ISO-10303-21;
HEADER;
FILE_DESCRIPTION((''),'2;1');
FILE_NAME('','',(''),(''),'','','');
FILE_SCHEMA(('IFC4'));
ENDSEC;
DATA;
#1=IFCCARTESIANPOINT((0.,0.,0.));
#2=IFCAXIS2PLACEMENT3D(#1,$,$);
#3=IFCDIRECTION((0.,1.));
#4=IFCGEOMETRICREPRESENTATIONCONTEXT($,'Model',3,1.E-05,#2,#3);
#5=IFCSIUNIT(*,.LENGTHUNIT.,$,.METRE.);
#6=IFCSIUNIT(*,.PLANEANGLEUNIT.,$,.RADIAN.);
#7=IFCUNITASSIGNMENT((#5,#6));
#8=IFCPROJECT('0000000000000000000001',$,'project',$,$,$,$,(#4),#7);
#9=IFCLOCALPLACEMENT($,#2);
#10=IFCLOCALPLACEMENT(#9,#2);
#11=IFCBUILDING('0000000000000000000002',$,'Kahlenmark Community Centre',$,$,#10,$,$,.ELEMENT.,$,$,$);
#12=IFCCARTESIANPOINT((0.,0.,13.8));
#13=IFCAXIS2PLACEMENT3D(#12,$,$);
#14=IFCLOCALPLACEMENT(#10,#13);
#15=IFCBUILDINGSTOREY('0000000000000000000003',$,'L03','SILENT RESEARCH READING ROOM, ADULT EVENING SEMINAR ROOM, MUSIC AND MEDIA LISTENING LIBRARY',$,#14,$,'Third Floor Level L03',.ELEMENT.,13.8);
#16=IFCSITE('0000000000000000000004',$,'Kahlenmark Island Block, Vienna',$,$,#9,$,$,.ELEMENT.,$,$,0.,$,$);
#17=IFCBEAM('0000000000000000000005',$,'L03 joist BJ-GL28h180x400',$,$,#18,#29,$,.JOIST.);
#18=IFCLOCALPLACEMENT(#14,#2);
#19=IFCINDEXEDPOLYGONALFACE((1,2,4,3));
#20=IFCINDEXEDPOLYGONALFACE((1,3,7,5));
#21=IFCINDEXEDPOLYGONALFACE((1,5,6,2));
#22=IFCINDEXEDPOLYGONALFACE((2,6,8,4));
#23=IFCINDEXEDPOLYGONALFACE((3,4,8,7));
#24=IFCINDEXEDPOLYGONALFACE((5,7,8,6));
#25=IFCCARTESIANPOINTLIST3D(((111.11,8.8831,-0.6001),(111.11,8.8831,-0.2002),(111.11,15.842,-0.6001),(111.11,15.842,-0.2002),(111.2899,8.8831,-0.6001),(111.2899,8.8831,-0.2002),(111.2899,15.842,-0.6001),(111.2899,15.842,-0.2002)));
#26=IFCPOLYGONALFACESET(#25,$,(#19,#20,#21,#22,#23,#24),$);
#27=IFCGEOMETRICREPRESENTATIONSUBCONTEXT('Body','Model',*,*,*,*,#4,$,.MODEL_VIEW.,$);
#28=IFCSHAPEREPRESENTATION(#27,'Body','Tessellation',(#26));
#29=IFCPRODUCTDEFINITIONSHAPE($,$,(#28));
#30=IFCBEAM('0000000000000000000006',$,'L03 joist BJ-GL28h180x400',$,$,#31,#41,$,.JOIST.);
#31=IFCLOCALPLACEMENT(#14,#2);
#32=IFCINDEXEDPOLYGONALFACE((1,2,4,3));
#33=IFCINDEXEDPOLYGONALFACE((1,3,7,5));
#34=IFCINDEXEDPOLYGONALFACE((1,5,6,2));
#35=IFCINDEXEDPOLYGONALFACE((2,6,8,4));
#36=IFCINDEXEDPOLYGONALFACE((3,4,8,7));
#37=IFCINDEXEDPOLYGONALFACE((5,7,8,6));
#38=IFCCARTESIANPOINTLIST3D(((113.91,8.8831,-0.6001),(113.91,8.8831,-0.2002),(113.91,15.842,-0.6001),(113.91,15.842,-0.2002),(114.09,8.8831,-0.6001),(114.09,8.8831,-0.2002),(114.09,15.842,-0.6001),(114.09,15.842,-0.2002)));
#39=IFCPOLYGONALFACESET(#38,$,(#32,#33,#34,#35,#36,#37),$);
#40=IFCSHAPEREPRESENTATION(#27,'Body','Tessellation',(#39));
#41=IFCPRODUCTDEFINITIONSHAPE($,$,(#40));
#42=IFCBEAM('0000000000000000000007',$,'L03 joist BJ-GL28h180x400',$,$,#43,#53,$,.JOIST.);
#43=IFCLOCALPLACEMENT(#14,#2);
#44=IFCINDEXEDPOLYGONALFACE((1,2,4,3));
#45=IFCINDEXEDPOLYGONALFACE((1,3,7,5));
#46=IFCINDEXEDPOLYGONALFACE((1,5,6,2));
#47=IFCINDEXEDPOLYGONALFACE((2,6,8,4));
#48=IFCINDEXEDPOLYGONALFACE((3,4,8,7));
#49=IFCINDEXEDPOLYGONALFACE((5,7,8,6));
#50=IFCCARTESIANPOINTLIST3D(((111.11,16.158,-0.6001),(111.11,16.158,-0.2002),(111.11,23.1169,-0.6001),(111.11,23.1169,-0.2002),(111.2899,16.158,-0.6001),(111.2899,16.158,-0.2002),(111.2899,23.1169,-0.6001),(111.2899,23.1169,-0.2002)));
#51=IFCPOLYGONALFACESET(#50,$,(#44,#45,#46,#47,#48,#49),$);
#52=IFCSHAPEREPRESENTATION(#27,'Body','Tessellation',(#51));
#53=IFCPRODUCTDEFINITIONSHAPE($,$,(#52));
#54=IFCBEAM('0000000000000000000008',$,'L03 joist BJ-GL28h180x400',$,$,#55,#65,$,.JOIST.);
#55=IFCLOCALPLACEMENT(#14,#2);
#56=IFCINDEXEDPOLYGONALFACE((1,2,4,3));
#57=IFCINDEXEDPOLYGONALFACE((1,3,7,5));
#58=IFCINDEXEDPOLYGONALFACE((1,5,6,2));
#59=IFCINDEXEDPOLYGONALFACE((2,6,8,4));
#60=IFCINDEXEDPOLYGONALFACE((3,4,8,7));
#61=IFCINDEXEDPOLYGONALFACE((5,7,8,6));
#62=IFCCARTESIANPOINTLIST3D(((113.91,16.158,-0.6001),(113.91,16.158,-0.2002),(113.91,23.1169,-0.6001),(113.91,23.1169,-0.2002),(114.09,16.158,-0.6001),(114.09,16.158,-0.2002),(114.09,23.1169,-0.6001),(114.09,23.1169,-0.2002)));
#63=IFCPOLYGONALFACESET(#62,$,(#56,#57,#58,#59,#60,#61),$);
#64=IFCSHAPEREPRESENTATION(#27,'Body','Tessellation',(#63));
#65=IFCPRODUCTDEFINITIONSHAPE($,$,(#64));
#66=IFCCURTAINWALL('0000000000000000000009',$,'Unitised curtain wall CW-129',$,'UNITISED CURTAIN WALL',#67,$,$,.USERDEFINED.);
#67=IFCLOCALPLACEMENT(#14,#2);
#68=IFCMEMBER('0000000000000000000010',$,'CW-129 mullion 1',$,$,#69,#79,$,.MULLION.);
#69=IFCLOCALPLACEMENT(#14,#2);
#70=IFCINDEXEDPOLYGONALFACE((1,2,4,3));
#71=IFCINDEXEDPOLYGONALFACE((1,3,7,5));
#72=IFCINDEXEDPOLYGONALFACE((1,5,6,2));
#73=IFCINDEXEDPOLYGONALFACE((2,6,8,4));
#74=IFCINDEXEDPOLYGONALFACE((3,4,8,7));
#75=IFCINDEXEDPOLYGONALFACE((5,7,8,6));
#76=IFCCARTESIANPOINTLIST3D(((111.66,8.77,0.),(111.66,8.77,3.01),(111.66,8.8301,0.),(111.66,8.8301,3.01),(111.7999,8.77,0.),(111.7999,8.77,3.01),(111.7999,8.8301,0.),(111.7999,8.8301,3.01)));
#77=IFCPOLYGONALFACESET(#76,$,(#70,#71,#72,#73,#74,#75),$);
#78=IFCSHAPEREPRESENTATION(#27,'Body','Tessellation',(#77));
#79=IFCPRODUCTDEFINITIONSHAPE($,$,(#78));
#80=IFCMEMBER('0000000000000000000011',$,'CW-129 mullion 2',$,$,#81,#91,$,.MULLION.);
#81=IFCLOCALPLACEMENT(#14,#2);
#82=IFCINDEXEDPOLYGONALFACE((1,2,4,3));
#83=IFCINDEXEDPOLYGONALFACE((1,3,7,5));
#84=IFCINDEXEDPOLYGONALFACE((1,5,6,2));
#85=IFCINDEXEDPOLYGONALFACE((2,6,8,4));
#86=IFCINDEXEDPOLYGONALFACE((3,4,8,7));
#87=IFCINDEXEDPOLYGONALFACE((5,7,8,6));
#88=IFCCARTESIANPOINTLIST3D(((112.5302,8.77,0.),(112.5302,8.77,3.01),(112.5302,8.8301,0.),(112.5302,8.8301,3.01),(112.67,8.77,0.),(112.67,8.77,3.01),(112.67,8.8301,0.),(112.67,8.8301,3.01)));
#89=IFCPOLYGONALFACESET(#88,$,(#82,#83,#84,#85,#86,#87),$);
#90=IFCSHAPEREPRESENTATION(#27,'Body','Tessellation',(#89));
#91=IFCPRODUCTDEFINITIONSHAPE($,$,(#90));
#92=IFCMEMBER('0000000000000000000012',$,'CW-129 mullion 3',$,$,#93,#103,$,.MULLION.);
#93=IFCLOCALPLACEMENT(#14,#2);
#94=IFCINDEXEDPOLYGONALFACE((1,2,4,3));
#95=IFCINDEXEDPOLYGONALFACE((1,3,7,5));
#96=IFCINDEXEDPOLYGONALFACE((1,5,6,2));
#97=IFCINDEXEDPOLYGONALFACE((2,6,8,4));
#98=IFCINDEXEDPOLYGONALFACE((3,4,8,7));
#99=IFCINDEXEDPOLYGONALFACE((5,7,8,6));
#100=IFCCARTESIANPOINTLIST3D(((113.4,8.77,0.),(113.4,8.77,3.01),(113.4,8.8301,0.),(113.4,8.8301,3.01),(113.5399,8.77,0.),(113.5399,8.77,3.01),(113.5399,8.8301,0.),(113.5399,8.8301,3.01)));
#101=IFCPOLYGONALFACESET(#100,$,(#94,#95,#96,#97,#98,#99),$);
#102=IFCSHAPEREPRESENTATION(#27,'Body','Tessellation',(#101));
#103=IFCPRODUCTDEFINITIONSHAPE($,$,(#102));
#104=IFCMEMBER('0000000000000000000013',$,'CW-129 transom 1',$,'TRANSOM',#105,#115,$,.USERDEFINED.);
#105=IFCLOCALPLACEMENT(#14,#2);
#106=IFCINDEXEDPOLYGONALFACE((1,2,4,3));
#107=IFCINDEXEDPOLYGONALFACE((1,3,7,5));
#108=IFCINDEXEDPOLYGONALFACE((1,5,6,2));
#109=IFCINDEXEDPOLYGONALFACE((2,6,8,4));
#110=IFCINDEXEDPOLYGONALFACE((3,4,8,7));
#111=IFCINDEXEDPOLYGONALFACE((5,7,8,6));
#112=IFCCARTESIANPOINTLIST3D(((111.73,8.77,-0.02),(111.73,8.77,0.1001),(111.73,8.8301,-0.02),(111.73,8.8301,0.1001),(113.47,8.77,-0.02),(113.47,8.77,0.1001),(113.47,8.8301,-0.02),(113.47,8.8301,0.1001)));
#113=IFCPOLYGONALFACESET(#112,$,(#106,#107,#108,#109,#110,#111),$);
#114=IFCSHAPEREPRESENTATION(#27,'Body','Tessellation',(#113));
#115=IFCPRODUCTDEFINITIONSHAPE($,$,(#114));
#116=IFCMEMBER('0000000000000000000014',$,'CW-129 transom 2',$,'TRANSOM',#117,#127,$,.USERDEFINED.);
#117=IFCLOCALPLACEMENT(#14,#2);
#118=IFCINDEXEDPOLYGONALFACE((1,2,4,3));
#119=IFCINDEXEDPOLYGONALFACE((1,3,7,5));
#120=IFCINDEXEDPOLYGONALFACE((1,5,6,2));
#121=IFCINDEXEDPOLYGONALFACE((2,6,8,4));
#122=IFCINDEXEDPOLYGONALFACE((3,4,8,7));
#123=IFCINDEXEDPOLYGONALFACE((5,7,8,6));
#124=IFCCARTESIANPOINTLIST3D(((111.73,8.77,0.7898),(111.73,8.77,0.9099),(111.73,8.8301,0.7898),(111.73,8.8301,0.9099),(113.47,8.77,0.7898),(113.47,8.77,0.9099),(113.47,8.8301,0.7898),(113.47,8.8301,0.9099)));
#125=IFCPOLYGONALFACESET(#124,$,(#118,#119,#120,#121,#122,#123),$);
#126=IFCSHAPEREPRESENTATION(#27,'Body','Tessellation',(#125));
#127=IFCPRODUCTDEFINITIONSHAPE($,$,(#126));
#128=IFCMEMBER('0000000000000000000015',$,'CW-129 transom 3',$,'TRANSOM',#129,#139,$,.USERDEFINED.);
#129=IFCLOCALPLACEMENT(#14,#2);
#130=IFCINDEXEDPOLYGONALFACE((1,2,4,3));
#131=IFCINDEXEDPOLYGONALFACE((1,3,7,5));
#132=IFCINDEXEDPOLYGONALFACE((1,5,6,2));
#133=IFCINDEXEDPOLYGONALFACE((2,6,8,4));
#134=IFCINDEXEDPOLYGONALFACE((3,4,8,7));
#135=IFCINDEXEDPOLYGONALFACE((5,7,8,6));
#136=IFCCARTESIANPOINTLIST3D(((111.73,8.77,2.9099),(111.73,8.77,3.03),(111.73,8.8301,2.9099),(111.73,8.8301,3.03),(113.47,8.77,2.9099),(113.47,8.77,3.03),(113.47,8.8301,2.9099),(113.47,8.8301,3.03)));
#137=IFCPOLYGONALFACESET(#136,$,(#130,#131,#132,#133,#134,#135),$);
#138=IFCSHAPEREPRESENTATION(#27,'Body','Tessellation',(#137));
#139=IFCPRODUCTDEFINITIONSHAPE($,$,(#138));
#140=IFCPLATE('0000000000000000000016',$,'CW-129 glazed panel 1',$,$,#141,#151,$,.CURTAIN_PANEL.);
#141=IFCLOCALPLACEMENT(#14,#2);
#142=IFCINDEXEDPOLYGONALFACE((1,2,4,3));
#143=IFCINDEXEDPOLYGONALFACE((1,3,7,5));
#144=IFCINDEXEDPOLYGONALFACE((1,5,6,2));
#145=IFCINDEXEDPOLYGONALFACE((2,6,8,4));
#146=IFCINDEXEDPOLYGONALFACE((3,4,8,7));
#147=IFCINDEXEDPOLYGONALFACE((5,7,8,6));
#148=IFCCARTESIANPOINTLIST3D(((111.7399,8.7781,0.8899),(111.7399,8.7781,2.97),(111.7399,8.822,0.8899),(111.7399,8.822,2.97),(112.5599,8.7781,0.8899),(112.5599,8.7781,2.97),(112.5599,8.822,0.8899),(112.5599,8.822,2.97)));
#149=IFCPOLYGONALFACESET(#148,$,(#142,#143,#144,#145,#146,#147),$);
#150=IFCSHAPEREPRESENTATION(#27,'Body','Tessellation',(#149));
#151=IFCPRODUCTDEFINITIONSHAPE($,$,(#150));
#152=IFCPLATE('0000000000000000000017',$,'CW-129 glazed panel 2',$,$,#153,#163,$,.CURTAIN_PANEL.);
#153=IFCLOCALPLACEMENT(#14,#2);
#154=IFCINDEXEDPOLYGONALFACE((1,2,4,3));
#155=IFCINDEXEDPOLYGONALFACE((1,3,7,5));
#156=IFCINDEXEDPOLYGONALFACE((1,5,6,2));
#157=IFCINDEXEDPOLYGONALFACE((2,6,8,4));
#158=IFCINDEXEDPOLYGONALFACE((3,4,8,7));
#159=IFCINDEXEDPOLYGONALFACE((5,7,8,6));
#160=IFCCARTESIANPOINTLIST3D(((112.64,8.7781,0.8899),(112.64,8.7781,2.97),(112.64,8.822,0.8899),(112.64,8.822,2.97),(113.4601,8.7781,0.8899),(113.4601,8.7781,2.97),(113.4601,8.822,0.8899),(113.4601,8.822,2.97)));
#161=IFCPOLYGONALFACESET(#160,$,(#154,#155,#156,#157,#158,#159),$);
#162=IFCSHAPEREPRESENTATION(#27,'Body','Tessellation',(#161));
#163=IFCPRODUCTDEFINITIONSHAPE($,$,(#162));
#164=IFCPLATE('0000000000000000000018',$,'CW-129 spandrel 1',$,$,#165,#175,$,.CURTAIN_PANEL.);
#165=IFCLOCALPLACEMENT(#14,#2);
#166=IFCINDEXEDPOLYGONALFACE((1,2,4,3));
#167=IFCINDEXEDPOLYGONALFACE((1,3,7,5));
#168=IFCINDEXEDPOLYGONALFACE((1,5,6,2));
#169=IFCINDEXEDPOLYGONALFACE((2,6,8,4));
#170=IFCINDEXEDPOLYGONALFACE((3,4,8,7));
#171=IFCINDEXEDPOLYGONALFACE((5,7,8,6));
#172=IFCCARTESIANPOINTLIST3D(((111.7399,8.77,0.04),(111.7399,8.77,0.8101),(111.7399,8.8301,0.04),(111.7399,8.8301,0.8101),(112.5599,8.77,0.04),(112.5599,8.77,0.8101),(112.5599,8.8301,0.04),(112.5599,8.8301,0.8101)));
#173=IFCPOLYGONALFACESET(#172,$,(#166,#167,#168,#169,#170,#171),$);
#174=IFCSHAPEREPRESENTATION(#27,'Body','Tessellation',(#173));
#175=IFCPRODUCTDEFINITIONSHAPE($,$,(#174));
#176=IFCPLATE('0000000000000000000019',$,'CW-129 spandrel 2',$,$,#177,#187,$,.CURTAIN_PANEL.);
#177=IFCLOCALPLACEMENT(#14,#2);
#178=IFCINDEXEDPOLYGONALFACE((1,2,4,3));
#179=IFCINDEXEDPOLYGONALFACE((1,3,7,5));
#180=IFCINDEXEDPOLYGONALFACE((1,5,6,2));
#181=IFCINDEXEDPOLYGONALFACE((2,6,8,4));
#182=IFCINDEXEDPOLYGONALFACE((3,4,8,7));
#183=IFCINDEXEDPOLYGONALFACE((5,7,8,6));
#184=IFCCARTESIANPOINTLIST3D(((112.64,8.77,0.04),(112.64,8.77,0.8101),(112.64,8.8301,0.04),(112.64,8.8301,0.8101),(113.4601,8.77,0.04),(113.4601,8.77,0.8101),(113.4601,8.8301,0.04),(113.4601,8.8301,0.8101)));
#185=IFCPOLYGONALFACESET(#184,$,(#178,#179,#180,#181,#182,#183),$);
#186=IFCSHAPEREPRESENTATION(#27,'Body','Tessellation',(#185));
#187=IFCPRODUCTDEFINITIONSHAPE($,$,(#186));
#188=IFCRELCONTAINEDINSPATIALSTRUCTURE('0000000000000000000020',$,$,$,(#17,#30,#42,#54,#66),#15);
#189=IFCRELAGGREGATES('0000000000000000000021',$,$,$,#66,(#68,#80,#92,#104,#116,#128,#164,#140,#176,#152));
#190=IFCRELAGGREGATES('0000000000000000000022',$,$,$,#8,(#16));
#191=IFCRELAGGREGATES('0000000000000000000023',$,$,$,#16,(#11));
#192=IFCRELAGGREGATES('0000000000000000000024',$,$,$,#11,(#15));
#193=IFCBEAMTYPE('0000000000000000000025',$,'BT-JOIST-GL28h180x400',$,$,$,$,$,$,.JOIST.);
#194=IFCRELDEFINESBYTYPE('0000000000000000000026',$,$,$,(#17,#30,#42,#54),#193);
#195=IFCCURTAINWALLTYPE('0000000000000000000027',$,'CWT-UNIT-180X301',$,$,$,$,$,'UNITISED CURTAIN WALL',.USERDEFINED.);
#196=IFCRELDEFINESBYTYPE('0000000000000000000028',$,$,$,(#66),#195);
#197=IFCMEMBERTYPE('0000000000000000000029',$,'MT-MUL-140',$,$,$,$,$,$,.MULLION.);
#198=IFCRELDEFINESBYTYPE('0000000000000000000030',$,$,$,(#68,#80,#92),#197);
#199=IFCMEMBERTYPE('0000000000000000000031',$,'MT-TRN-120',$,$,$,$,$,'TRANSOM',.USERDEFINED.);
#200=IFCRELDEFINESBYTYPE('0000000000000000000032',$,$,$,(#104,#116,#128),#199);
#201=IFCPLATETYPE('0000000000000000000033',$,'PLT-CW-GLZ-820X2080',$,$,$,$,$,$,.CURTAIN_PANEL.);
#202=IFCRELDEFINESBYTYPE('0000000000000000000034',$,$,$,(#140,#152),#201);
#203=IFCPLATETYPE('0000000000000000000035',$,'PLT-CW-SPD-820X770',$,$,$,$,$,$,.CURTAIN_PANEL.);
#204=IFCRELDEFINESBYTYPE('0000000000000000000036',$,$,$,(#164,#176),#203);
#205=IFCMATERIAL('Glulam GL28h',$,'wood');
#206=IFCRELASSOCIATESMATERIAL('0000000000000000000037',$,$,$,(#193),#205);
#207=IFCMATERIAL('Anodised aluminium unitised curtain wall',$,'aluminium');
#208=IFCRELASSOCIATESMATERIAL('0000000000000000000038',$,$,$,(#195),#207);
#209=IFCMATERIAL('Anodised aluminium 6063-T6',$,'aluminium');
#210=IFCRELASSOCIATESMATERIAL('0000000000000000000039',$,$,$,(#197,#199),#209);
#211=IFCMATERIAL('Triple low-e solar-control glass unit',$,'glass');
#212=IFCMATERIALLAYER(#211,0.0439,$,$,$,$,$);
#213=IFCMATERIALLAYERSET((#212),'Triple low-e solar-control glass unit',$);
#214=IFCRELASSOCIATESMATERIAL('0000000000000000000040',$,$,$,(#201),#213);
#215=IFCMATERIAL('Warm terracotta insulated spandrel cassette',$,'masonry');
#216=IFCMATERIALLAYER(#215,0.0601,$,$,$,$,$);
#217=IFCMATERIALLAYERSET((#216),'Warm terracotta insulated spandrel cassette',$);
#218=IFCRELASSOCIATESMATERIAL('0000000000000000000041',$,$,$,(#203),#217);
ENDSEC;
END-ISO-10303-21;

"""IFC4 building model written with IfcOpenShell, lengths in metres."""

from ifc_helpers import new_model, si_unit, direction, frame, origin, origin_2d, place, context, subcontext, project, spatial, rectangle, extrude, material, layer, layer_set, material_profile, profile_set, type_object, element, aggregate, save


model = new_model("IFC4")

# Units and contexts
model_context = context("Model", 3, precision=1e-05, world=origin(), true_north=direction((0.0, 1.0)))
body_context = subcontext(model_context, "Body", "Model", "MODEL_VIEW")
ifc_project = project(units=[si_unit("LENGTHUNIT", "METRE"), si_unit("PLANEANGLEUNIT", "RADIAN")], contexts=[model_context])

# Site, building, storey
site_placement = place(None, origin())
site = spatial("IfcSite", under=ifc_project, at=site_placement, Name="Kahlenmark Island Block, Vienna", CompositionType="ELEMENT", RefElevation=0.0)
building_placement = place(site_placement, origin())
building = spatial("IfcBuilding", under=site, at=building_placement, Name="Kahlenmark Community Centre", CompositionType="ELEMENT")
storey_placement = place(building_placement, frame((0.0, 0.0, 13.8)))
storey = spatial("IfcBuildingStorey", under=building, at=storey_placement, Name="L03", Description="SILENT RESEARCH READING ROOM, ADULT EVENING SEMINAR ROOM, MUSIC AND MEDIA LISTENING LIBRARY", LongName="Third Floor Level L03", CompositionType="ELEMENT", Elevation=13.8)

# Beams
ifc_material_1 = material(Name="Glulam GL28h", Category="wood")
ifc_material_profile_1 = material_profile(ifc_material_1, rectangle(XDim=0.1799, YDim=0.3999, at=origin_2d()), Name="GL28h 180x400")
ifc_profile_set_1 = profile_set([ifc_material_profile_1], Name="Glulam GL28h")
beam_type = type_object("IfcBeamType", Name="BT-JOIST-GL28h180x400", PredefinedType="JOIST", material=ifc_profile_set_1)
for number, where, z_axis, x_axis, name in (
    (1, (111.2, 8.8831, -0.4001), (0.0, 1.0, 0.0), (-1.0, 0.0, 0.0), "L03 joist BJ-GL28h180x400"),
    (2, (114.0, 8.8831, -0.4001), (0.0, 1.0, 0.0), (-1.0, 0.0, 0.0), "L03 joist BJ-GL28h180x400"),
    (3, (111.2, 16.158, -0.4001), (0.0, 1.0, 0.0), (-1.0, 0.0, 0.0), "L03 joist BJ-GL28h180x400"),
    (4, (114.0, 16.158, -0.4001), (0.0, 1.0, 0.0), (-1.0, 0.0, 0.0), "L03 joist BJ-GL28h180x400"),
):
    element("IfcBeam", number, at=place(storey_placement, frame(where, z_axis=z_axis, x_axis=x_axis)), inside=storey, type_object=beam_type, Name=name, PredefinedType="JOIST", context=body_context, shape_type="SweptSolid", body=[
        extrude(rectangle(XDim=0.1799, YDim=0.3999, at=origin_2d()), origin(), (0.0, 0.0, 1.0), 6.959),
    ])

# Curtain wall, members, plates
ifc_material_2 = material(Name="Anodised aluminium unitised curtain wall", Category="aluminium")
curtain_wall_type = type_object("IfcCurtainWallType", Name="CWT-UNIT-180X301", ElementType="UNITISED CURTAIN WALL", PredefinedType="USERDEFINED", material=ifc_material_2)
curtain_wall_placement = place(storey_placement, origin())
curtain_wall = element("IfcCurtainWall", 5, at=curtain_wall_placement, inside=storey, type_object=curtain_wall_type, Name="Unitised curtain wall CW-129", ObjectType="UNITISED CURTAIN WALL", PredefinedType="USERDEFINED")
ifc_material_3 = material(Name="Anodised aluminium 6063-T6", Category="aluminium")
ifc_material_profile_2 = material_profile(ifc_material_3, rectangle(XDim=0.0601, YDim=0.1399, at=origin_2d()), Name="ALU MULLION 60x140")
ifc_profile_set_2 = profile_set([ifc_material_profile_2], Name="Anodised aluminium 6063-T6")
member_type_1 = type_object("IfcMemberType", Name="MT-MUL-140", PredefinedType="MULLION", material=ifc_profile_set_2)
member_1_placement = place(storey_placement, frame((111.73, 8.8, 0.0), z_axis=(0.0, 0.0, 1.0), x_axis=(0.0, 1.0, 0.0)))
member_1 = element("IfcMember", 6, at=member_1_placement, type_object=member_type_1, Name="CW-129 mullion 1", PredefinedType="MULLION", context=body_context, shape_type="SweptSolid", body=[
    extrude(rectangle(XDim=0.0601, YDim=0.1399, at=origin_2d()), origin(), (0.0, 0.0, 1.0), 3.01),
])
member_2_placement = place(storey_placement, frame((112.6001, 8.8, 0.0), z_axis=(0.0, 0.0, 1.0), x_axis=(0.0, 1.0, 0.0)))
member_2 = element("IfcMember", 7, at=member_2_placement, type_object=member_type_1, Name="CW-129 mullion 2", PredefinedType="MULLION", context=body_context, shape_type="SweptSolid", body=[
    extrude(rectangle(XDim=0.0601, YDim=0.1399, at=origin_2d()), origin(), (0.0, 0.0, 1.0), 3.01),
])
member_3_placement = place(storey_placement, frame((113.47, 8.8, 0.0), z_axis=(0.0, 0.0, 1.0), x_axis=(0.0, 1.0, 0.0)))
member_3 = element("IfcMember", 8, at=member_3_placement, type_object=member_type_1, Name="CW-129 mullion 3", PredefinedType="MULLION", context=body_context, shape_type="SweptSolid", body=[
    extrude(rectangle(XDim=0.0601, YDim=0.1399, at=origin_2d()), origin(), (0.0, 0.0, 1.0), 3.01),
])
ifc_material_profile_3 = material_profile(ifc_material_3, rectangle(XDim=0.0601, YDim=0.1201, at=origin_2d()), Name="ALU TRANSOM 60x120")
ifc_profile_set_3 = profile_set([ifc_material_profile_3], Name="Anodised aluminium 6063-T6")
member_type_2 = type_object("IfcMemberType", Name="MT-TRN-120", ElementType="TRANSOM", PredefinedType="USERDEFINED", material=ifc_profile_set_3)
member_4_placement = place(storey_placement, frame((111.73, 8.8, 0.04), z_axis=(1.0, 0.0, 0.0), x_axis=(0.0, 1.0, 0.0)))
member_4 = element("IfcMember", 9, at=member_4_placement, type_object=member_type_2, Name="CW-129 transom 1", ObjectType="TRANSOM", PredefinedType="USERDEFINED", context=body_context, shape_type="SweptSolid", body=[
    extrude(rectangle(XDim=0.0601, YDim=0.1201, at=origin_2d()), origin(), (0.0, 0.0, 1.0), 1.74),
])
member_5_placement = place(storey_placement, frame((111.73, 8.8, 0.8499), z_axis=(1.0, 0.0, 0.0), x_axis=(0.0, 1.0, 0.0)))
member_5 = element("IfcMember", 10, at=member_5_placement, type_object=member_type_2, Name="CW-129 transom 2", ObjectType="TRANSOM", PredefinedType="USERDEFINED", context=body_context, shape_type="SweptSolid", body=[
    extrude(rectangle(XDim=0.0601, YDim=0.1201, at=origin_2d()), origin(), (0.0, 0.0, 1.0), 1.74),
])
member_6_placement = place(storey_placement, frame((111.73, 8.8, 2.97), z_axis=(1.0, 0.0, 0.0), x_axis=(0.0, 1.0, 0.0)))
member_6 = element("IfcMember", 11, at=member_6_placement, type_object=member_type_2, Name="CW-129 transom 3", ObjectType="TRANSOM", PredefinedType="USERDEFINED", context=body_context, shape_type="SweptSolid", body=[
    extrude(rectangle(XDim=0.0601, YDim=0.1201, at=origin_2d()), origin(), (0.0, 0.0, 1.0), 1.74),
])
ifc_material_4 = material(Name="Triple low-e solar-control glass unit", Category="glass")
ifc_layer_1 = layer(ifc_material_4, 0.0439)
ifc_layer_set_1 = layer_set([ifc_layer_1], Name="Triple low-e solar-control glass unit")
plate_type_1 = type_object("IfcPlateType", Name="PLT-CW-GLZ-820X2080", PredefinedType="CURTAIN_PANEL", material=ifc_layer_set_1)
plate_1_placement = place(storey_placement, frame((112.1499, 8.8, 0.8899), z_axis=(0.0, 0.0, 1.0), x_axis=(1.0, 0.0, 0.0)))
plate_1 = element("IfcPlate", 12, at=plate_1_placement, type_object=plate_type_1, Name="CW-129 glazed panel 1", PredefinedType="CURTAIN_PANEL", context=body_context, shape_type="SweptSolid", body=[
    extrude(rectangle(XDim=0.8201, YDim=0.0439, at=origin_2d()), origin(), (0.0, 0.0, 1.0), 2.0801),
])
plate_2_placement = place(storey_placement, frame((113.05, 8.8, 0.8899), z_axis=(0.0, 0.0, 1.0), x_axis=(1.0, 0.0, 0.0)))
plate_2 = element("IfcPlate", 13, at=plate_2_placement, type_object=plate_type_1, Name="CW-129 glazed panel 2", PredefinedType="CURTAIN_PANEL", context=body_context, shape_type="SweptSolid", body=[
    extrude(rectangle(XDim=0.8201, YDim=0.0439, at=origin_2d()), origin(), (0.0, 0.0, 1.0), 2.0801),
])
ifc_material_5 = material(Name="Warm terracotta insulated spandrel cassette", Category="masonry")
ifc_layer_2 = layer(ifc_material_5, 0.0601)
ifc_layer_set_2 = layer_set([ifc_layer_2], Name="Warm terracotta insulated spandrel cassette")
plate_type_2 = type_object("IfcPlateType", Name="PLT-CW-SPD-820X770", PredefinedType="CURTAIN_PANEL", material=ifc_layer_set_2)
plate_3_placement = place(storey_placement, frame((112.1499, 8.8, 0.04), z_axis=(0.0, 0.0, 1.0), x_axis=(1.0, 0.0, 0.0)))
plate_3 = element("IfcPlate", 14, at=plate_3_placement, type_object=plate_type_2, Name="CW-129 spandrel 1", PredefinedType="CURTAIN_PANEL", context=body_context, shape_type="SweptSolid", body=[
    extrude(rectangle(XDim=0.8201, YDim=0.0601, at=origin_2d()), origin(), (0.0, 0.0, 1.0), 0.77),
])
plate_4_placement = place(storey_placement, frame((113.05, 8.8, 0.04), z_axis=(0.0, 0.0, 1.0), x_axis=(1.0, 0.0, 0.0)))
plate_4 = element("IfcPlate", 15, at=plate_4_placement, type_object=plate_type_2, Name="CW-129 spandrel 2", PredefinedType="CURTAIN_PANEL", context=body_context, shape_type="SweptSolid", body=[
    extrude(rectangle(XDim=0.8201, YDim=0.0601, at=origin_2d()), origin(), (0.0, 0.0, 1.0), 0.77),
])
aggregate(curtain_wall, [member_1, member_2, member_3, member_4, member_5, member_6, plate_3, plate_1, plate_4, plate_2])

save(model, "model.ifc")
